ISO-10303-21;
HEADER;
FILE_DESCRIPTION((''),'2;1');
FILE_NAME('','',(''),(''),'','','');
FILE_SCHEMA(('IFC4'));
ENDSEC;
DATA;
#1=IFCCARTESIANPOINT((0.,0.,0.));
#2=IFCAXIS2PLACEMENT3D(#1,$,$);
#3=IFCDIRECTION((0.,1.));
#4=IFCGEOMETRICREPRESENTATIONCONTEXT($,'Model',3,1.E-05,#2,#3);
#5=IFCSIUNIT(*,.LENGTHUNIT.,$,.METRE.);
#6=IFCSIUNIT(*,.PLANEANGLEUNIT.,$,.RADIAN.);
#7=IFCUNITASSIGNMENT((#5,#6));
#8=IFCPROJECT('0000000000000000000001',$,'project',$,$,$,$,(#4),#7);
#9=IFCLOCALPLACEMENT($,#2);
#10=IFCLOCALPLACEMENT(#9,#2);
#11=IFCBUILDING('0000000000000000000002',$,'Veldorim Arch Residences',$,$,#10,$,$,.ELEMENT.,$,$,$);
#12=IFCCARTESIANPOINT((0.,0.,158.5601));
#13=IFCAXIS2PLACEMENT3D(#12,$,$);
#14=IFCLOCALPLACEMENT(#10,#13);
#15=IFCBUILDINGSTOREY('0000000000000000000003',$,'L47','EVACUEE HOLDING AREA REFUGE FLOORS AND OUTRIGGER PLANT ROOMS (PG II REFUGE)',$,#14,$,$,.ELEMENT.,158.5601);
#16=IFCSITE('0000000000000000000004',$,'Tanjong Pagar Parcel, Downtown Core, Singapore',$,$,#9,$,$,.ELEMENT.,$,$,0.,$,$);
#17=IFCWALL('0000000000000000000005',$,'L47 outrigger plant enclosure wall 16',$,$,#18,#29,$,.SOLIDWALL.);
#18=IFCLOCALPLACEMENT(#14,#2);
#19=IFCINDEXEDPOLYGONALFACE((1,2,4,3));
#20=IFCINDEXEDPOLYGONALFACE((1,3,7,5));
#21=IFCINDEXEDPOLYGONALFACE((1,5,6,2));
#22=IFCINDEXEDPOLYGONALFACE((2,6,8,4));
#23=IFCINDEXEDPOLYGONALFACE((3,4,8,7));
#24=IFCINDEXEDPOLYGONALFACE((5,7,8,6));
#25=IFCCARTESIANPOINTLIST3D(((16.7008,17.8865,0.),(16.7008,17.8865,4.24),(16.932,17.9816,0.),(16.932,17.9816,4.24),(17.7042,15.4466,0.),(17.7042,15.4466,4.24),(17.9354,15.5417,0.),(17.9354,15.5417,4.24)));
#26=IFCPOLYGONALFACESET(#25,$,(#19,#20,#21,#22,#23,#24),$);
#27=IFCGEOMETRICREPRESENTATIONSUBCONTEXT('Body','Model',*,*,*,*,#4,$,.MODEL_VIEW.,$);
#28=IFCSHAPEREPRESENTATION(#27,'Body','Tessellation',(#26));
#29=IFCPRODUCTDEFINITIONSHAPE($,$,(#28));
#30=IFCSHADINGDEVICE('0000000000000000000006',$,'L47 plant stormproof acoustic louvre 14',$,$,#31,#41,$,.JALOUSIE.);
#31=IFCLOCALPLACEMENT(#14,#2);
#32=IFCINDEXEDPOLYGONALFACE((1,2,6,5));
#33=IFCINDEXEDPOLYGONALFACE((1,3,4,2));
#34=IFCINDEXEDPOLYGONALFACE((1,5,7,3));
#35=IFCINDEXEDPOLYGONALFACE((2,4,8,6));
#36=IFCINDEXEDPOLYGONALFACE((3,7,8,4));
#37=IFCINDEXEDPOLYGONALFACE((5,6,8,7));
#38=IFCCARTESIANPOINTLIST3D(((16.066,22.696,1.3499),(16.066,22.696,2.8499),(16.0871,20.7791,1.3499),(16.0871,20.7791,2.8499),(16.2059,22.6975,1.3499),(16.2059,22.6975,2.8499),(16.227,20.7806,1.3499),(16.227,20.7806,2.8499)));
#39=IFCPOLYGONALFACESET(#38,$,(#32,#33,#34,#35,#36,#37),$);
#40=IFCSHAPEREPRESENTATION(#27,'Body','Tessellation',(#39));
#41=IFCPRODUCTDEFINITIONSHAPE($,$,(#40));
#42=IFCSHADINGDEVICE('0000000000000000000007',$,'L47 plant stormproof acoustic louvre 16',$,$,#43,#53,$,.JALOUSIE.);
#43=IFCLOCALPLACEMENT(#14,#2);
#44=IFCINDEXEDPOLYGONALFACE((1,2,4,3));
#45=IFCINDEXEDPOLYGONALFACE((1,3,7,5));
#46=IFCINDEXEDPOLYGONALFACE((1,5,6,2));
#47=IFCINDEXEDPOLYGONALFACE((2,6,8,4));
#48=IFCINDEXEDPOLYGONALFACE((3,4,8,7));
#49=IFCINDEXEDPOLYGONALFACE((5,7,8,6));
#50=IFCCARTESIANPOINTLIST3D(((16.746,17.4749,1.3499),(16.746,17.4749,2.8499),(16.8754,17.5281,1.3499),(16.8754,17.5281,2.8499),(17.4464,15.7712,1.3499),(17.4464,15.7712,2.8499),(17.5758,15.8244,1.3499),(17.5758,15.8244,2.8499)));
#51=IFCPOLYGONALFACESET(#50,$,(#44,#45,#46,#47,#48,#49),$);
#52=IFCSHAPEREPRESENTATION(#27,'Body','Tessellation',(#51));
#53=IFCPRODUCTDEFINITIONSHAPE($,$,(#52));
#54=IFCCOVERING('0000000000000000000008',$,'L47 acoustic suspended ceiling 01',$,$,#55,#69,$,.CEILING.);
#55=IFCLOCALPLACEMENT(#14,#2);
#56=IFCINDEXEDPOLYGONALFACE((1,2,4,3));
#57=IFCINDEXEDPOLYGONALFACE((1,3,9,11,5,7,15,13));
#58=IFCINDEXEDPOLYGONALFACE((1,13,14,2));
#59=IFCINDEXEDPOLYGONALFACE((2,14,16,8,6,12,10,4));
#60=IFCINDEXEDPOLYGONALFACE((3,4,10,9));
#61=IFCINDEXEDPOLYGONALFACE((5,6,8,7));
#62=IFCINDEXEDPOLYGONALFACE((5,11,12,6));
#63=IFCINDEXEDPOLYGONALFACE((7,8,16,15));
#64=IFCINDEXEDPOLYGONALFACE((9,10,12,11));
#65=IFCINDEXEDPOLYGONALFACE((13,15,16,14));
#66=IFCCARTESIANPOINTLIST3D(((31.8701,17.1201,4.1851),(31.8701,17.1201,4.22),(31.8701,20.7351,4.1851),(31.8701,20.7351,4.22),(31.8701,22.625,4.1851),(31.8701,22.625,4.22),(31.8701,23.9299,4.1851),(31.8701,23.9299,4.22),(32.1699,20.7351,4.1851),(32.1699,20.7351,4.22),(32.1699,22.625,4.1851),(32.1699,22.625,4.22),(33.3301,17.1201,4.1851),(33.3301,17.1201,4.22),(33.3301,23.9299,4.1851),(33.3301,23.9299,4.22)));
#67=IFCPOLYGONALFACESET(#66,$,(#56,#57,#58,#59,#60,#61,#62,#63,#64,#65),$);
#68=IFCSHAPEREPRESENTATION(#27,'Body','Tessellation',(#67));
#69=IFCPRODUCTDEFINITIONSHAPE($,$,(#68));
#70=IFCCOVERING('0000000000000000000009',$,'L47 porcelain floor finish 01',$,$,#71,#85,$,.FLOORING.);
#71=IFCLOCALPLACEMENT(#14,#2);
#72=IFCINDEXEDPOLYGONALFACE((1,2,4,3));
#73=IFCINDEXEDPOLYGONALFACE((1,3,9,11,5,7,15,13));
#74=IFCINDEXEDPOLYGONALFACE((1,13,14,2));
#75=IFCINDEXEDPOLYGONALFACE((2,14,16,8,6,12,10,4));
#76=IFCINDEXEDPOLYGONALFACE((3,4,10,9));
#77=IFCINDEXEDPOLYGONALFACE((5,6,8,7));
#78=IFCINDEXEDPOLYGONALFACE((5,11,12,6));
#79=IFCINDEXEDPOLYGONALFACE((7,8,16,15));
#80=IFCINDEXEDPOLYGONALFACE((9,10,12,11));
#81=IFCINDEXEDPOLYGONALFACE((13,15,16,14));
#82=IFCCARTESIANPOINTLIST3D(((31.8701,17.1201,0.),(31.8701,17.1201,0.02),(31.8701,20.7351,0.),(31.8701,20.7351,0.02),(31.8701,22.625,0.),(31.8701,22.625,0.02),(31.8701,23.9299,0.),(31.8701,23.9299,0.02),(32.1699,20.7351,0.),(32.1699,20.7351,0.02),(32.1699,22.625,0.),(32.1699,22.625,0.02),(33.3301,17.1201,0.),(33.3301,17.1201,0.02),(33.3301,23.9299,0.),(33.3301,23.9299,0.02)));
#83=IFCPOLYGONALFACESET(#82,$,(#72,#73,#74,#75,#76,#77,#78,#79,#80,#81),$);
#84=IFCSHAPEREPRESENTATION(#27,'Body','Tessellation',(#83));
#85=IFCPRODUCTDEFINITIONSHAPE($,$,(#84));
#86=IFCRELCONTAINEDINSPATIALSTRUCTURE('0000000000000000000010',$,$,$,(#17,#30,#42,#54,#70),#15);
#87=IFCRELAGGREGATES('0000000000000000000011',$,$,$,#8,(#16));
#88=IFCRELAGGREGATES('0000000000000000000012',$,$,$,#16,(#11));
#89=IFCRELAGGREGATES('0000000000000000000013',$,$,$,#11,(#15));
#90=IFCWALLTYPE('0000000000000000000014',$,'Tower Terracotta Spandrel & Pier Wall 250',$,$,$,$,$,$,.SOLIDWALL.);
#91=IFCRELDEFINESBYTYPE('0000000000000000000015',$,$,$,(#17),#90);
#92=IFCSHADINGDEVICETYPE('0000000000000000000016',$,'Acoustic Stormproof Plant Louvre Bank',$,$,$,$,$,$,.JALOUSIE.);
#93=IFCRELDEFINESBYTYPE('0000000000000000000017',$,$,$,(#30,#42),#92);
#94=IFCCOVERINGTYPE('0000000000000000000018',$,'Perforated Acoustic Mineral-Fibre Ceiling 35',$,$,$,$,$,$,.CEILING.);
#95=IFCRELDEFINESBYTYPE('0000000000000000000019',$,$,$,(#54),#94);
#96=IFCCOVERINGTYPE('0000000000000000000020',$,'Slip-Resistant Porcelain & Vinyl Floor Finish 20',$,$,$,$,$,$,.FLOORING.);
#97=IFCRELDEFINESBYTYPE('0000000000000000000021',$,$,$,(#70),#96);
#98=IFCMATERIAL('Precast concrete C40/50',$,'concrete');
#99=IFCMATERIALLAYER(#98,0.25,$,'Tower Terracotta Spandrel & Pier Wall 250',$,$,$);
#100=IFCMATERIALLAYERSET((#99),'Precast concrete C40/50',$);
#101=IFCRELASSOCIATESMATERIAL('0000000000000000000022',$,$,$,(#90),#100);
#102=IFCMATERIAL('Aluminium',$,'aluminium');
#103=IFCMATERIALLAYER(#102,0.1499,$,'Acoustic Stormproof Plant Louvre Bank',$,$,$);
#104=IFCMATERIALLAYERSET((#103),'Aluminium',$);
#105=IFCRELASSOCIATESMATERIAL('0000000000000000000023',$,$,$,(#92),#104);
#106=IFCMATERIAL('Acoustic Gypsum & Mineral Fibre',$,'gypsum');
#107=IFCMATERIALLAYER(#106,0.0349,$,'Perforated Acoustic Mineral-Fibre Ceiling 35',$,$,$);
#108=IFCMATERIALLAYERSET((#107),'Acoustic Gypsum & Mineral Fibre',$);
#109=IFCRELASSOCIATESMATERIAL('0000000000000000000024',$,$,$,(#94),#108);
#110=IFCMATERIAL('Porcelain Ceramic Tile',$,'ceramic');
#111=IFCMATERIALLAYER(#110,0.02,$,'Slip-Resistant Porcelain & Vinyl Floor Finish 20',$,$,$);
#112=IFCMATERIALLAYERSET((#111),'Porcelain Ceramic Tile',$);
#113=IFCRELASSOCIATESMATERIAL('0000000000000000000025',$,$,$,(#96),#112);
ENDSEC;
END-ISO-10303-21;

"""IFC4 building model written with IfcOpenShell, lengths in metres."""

from ifc_helpers import new_model, si_unit, direction, frame, frame_2d, origin, origin_2d, place, context, subcontext, project, spatial, polyline, rectangle, outline, extrude, material, layer, layer_set, type_object, element, save


model = new_model("IFC4")

# Units and contexts
model_context = context("Model", 3, precision=1e-05, world=origin(), true_north=direction((0.0, 1.0)))
body_context = subcontext(model_context, "Body", "Model", "MODEL_VIEW")
ifc_project = project(units=[si_unit("LENGTHUNIT", "METRE"), si_unit("PLANEANGLEUNIT", "RADIAN")], contexts=[model_context])

# Site, building, storey
site_placement = place(None, origin())
site = spatial("IfcSite", under=ifc_project, at=site_placement, Name="Tanjong Pagar Parcel, Downtown Core, Singapore", CompositionType="ELEMENT", RefElevation=0.0)
building_placement = place(site_placement, origin())
building = spatial("IfcBuilding", under=site, at=building_placement, Name="Veldorim Arch Residences", CompositionType="ELEMENT")
storey_placement = place(building_placement, frame((0.0, 0.0, 158.5601)))
storey = spatial("IfcBuildingStorey", under=building, at=storey_placement, Name="L47", Description="EVACUEE HOLDING AREA REFUGE FLOORS AND OUTRIGGER PLANT ROOMS (PG II REFUGE)", CompositionType="ELEMENT", Elevation=158.5601)

# Wall
ifc_material_1 = material(Name="Precast concrete C40/50", Category="concrete")
ifc_layer_1 = layer(ifc_material_1, 0.25, Name="Tower Terracotta Spandrel & Pier Wall 250")
ifc_layer_set_1 = layer_set([ifc_layer_1], Name="Precast concrete C40/50")
wall_type = type_object("IfcWallType", Name="Tower Terracotta Spandrel & Pier Wall 250", PredefinedType="SOLIDWALL", material=ifc_layer_set_1)
wall_1_placement = place(storey_placement, frame((17.8198, 15.4941, 0.0), z_axis=(0.0, 0.0, 1.0), x_axis=(-0.38034, 0.924847, 0.0)))
element("IfcWall", 1, at=wall_1_placement, inside=storey, type_object=wall_type, Name="L47 outrigger plant enclosure wall 16", PredefinedType="SOLIDWALL", context=body_context, shape_type="SweptSolid", body=[
    extrude(rectangle(XDim=2.6382, YDim=0.25, at=frame_2d((1.3191, 0.0))), origin(), (0.0, 0.0, 1.0), 4.24),
])

# Shading devices
ifc_material_2 = material(Name="Aluminium", Category="aluminium")
ifc_layer_2 = layer(ifc_material_2, 0.1499, Name="Acoustic Stormproof Plant Louvre Bank")
ifc_layer_set_2 = layer_set([ifc_layer_2], Name="Aluminium")
shading_device_type = type_object("IfcShadingDeviceType", Name="Acoustic Stormproof Plant Louvre Bank", PredefinedType="JALOUSIE", material=ifc_layer_set_2)
shading_device_1_placement = place(storey_placement, frame((16.1465, 21.7383, 1.3499), z_axis=(0.0, 0.0, 1.0), x_axis=(-0.010995, 0.99994, 0.0)))
element("IfcShadingDevice", 2, at=shading_device_1_placement, inside=storey, type_object=shading_device_type, Name="L47 plant stormproof acoustic louvre 14", PredefinedType="JALOUSIE", context=body_context, shape_type="SweptSolid", body=[
    extrude(rectangle(XDim=1.917, YDim=0.1399, at=origin_2d()), origin(), (0.0, 0.0, 1.0), 1.5),
])
shading_device_2_placement = place(storey_placement, frame((17.1609, 16.6497, 1.3499), z_axis=(0.0, 0.0, 1.0), x_axis=(-0.380263, 0.924878, 0.0)))
element("IfcShadingDevice", 3, at=shading_device_2_placement, inside=storey, type_object=shading_device_type, Name="L47 plant stormproof acoustic louvre 16", PredefinedType="JALOUSIE", context=body_context, shape_type="SweptSolid", body=[
    extrude(rectangle(XDim=1.842, YDim=0.1399, at=origin_2d()), origin(), (0.0, 0.0, 1.0), 1.5),
])

# Coverings
ifc_material_3 = material(Name="Acoustic Gypsum & Mineral Fibre", Category="gypsum")
ifc_layer_3 = layer(ifc_material_3, 0.0349, Name="Perforated Acoustic Mineral-Fibre Ceiling 35")
ifc_layer_set_3 = layer_set([ifc_layer_3], Name="Acoustic Gypsum & Mineral Fibre")
covering_type_1 = type_object("IfcCoveringType", Name="Perforated Acoustic Mineral-Fibre Ceiling 35", PredefinedType="CEILING", material=ifc_layer_set_3)
covering_1_placement = place(storey_placement, frame((0.0, 0.0, 4.1851)))
element("IfcCovering", 4, at=covering_1_placement, inside=storey, type_object=covering_type_1, Name="L47 acoustic suspended ceiling 01", PredefinedType="CEILING", context=body_context, shape_type="SweptSolid", body=[
    extrude(outline(polyline([(33.3301, 23.9299), (33.3301, 17.1201), (31.8701, 17.1201), (31.8701, 20.7351), (32.1699, 20.7351), (32.1699, 22.625), (31.8701, 22.625), (31.8701, 23.9299), (33.3301, 23.9299)])), origin(), (0.0, 0.0, 1.0), 0.0349),
])
ifc_material_4 = material(Name="Porcelain Ceramic Tile", Category="ceramic")
ifc_layer_4 = layer(ifc_material_4, 0.02, Name="Slip-Resistant Porcelain & Vinyl Floor Finish 20")
ifc_layer_set_4 = layer_set([ifc_layer_4], Name="Porcelain Ceramic Tile")
covering_type_2 = type_object("IfcCoveringType", Name="Slip-Resistant Porcelain & Vinyl Floor Finish 20", PredefinedType="FLOORING", material=ifc_layer_set_4)
covering_2_placement = place(storey_placement, origin())
element("IfcCovering", 5, at=covering_2_placement, inside=storey, type_object=covering_type_2, Name="L47 porcelain floor finish 01", PredefinedType="FLOORING", context=body_context, shape_type="SweptSolid", body=[
    extrude(outline(polyline([(33.3301, 23.9299), (33.3301, 17.1201), (31.8701, 17.1201), (31.8701, 20.7351), (32.1699, 20.7351), (32.1699, 22.625), (31.8701, 22.625), (31.8701, 23.9299), (33.3301, 23.9299)])), origin(), (0.0, 0.0, 1.0), 0.02),
])

save(model, "model.ifc")
